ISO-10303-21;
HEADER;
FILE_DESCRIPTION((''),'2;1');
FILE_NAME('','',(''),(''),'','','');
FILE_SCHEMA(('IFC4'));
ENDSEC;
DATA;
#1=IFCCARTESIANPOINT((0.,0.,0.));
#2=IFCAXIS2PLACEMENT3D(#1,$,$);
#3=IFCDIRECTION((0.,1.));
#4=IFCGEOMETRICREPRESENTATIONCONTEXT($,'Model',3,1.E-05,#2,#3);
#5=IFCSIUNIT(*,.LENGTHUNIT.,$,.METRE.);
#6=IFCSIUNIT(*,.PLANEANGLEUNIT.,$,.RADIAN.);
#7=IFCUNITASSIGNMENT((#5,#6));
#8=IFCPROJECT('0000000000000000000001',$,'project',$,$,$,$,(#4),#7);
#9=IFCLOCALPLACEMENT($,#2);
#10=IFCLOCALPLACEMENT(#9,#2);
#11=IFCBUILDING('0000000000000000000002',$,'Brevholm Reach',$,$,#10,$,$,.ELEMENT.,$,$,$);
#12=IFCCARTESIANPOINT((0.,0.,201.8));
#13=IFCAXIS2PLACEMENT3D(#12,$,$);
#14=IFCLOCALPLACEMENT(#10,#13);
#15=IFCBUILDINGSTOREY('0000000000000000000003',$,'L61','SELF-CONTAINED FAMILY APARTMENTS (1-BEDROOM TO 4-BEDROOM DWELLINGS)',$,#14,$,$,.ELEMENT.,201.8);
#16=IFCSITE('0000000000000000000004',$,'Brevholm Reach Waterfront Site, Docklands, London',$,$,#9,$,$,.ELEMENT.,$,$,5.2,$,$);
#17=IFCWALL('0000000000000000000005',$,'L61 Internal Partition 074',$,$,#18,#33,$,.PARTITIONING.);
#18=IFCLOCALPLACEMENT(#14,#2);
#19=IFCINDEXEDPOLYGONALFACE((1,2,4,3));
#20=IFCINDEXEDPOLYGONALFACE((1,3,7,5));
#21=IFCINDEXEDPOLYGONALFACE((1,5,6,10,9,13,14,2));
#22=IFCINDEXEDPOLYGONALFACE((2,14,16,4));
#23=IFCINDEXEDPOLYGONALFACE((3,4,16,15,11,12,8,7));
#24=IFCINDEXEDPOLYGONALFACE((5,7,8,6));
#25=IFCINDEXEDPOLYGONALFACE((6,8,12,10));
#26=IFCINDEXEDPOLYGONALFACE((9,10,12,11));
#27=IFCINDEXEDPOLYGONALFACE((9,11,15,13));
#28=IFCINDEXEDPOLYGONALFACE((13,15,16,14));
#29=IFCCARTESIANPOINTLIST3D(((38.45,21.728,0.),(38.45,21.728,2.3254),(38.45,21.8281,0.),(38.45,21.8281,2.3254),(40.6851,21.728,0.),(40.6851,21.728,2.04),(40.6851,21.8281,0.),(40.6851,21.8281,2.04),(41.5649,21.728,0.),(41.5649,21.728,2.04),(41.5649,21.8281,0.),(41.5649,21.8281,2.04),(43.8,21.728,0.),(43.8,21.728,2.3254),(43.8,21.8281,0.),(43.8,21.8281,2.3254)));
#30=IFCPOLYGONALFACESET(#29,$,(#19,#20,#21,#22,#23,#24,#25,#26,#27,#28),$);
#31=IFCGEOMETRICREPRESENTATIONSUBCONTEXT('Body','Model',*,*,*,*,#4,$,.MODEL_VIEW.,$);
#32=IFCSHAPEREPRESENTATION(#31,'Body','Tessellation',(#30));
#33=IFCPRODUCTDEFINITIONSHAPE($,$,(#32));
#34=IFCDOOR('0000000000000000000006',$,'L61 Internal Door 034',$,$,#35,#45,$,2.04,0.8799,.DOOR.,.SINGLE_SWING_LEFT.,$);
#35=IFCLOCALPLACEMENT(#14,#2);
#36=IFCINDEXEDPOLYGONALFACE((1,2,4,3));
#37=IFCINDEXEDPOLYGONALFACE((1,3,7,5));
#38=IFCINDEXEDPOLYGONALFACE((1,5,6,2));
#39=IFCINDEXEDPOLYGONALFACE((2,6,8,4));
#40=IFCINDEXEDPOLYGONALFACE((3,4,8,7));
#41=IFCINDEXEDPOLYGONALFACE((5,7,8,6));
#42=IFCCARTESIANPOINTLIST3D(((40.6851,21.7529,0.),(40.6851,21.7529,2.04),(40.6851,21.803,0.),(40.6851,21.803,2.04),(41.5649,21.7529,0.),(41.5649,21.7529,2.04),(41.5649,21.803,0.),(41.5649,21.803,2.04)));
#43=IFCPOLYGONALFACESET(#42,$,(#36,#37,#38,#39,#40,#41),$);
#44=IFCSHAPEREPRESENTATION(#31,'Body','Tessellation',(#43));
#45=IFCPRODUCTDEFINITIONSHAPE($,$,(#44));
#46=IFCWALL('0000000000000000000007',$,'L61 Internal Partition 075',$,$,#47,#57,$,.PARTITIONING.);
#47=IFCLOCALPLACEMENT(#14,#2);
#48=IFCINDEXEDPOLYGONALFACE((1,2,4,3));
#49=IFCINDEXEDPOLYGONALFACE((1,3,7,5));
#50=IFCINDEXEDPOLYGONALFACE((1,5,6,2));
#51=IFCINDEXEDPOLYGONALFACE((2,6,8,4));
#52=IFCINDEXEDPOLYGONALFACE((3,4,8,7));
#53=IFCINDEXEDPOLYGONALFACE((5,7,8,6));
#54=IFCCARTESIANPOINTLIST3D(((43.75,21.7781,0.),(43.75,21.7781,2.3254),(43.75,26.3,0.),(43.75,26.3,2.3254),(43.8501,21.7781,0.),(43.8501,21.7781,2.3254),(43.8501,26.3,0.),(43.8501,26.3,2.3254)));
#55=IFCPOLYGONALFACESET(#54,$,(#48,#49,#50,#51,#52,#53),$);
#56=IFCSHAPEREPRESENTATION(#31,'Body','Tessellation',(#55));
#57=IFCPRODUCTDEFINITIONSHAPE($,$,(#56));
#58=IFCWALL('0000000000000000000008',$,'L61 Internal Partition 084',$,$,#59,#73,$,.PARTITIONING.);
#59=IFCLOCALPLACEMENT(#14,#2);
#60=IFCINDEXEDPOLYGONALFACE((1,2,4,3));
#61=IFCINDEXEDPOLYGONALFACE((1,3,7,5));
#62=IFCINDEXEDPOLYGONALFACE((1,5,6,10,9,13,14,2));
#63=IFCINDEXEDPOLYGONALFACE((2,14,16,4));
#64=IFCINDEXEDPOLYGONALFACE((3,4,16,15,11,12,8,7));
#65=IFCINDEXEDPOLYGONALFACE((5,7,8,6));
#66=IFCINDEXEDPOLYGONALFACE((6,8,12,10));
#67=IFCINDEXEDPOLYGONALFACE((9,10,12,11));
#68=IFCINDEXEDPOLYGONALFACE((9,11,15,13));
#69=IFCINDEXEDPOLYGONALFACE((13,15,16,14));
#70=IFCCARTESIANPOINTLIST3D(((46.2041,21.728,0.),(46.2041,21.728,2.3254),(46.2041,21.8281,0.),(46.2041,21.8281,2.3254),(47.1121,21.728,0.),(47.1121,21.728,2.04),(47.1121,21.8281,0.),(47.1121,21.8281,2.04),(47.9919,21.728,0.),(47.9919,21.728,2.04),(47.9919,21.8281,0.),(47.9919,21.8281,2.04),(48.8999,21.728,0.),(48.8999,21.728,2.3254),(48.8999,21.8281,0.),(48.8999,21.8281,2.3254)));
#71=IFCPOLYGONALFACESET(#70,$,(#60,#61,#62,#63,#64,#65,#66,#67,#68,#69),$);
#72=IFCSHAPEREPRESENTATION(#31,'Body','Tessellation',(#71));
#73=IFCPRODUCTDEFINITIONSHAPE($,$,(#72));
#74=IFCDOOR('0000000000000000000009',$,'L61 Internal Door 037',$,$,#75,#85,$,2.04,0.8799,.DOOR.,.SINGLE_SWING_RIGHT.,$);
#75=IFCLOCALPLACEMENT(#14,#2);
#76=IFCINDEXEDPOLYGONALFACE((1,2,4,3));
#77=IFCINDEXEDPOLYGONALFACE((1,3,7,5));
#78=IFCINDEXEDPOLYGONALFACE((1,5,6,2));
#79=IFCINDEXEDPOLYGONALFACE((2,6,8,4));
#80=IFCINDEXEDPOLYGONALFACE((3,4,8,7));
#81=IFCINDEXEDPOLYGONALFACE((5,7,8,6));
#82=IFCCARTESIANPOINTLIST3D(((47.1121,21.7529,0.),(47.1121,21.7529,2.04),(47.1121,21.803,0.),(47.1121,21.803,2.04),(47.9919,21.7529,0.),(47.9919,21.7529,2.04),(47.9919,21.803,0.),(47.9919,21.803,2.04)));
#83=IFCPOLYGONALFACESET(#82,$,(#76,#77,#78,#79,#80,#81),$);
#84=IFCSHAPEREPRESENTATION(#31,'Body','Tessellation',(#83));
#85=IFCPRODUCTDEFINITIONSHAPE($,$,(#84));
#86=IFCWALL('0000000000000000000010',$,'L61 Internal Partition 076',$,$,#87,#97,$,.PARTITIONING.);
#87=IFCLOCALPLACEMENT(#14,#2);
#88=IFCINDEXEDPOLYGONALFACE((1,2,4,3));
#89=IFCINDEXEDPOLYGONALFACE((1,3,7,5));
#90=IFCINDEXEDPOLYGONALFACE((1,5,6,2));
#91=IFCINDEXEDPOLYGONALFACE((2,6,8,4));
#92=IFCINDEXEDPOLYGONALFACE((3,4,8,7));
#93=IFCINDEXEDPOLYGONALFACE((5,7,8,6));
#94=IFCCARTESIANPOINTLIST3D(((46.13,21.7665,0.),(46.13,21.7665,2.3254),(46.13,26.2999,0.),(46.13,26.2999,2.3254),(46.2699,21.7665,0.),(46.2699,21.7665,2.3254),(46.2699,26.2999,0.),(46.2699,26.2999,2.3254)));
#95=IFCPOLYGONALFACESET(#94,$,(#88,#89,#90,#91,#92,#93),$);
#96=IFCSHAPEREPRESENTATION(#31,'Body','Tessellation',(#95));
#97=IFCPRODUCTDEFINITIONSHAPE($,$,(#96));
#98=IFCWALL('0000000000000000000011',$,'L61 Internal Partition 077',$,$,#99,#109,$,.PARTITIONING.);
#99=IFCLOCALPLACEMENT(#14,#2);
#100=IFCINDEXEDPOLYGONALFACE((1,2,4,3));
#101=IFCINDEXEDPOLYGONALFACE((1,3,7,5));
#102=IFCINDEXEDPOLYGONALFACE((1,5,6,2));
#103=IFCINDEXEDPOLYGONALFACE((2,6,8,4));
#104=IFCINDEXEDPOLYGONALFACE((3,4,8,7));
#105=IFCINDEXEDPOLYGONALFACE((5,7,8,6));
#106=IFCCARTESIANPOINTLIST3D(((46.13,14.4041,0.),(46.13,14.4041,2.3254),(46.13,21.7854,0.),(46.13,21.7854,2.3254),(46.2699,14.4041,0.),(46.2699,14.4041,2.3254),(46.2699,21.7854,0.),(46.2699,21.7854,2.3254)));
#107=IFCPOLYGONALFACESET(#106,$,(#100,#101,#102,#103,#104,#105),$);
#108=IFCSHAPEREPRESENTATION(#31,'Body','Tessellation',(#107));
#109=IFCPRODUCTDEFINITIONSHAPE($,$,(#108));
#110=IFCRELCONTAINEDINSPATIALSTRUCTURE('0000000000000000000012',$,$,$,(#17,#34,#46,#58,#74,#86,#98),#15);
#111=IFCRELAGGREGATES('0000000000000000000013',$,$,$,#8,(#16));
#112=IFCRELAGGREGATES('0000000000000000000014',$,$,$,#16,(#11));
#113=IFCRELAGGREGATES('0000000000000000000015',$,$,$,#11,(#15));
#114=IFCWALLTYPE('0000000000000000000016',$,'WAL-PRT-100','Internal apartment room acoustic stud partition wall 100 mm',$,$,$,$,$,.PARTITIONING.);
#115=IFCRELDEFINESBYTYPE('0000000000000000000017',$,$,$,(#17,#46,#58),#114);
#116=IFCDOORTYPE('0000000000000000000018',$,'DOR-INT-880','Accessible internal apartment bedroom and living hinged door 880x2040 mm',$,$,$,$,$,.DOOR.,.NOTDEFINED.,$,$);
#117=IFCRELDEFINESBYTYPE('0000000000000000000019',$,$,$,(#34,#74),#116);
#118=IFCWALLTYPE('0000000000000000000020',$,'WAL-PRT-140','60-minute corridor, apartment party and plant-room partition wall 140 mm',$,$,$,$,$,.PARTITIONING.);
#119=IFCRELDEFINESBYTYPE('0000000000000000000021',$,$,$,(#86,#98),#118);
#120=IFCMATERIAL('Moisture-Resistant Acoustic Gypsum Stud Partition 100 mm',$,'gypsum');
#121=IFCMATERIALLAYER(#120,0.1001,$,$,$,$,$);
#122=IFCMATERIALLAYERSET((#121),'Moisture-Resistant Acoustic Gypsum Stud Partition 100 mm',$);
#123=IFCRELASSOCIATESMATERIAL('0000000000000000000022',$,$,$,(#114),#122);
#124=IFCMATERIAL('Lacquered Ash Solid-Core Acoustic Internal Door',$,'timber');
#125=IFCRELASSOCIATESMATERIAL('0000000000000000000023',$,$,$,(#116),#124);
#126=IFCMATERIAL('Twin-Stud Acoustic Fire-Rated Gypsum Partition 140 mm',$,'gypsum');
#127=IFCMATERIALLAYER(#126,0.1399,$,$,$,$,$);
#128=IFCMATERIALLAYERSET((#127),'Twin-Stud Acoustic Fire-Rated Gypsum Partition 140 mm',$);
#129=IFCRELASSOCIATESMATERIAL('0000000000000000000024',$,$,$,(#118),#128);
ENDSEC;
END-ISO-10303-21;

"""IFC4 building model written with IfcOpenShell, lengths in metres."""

from ifc_helpers import new_model, si_unit, direction, frame, frame_2d, origin, place, context, subcontext, project, spatial, rectangle, extrude, material, layer, layer_set, type_object, element, fill, save


model = new_model("IFC4")

# Units and contexts
model_context = context("Model", 3, precision=1e-05, world=origin(), true_north=direction((0.0, 1.0)))
body_context = subcontext(model_context, "Body", "Model", "MODEL_VIEW")
ifc_project = project(units=[si_unit("LENGTHUNIT", "METRE"), si_unit("PLANEANGLEUNIT", "RADIAN")], contexts=[model_context])

# Site, building, storey
site_placement = place(None, origin())
site = spatial("IfcSite", under=ifc_project, at=site_placement, Name="Brevholm Reach Waterfront Site, Docklands, London", CompositionType="ELEMENT", RefElevation=5.2)
building_placement = place(site_placement, origin())
building = spatial("IfcBuilding", under=site, at=building_placement, Name="Brevholm Reach", CompositionType="ELEMENT")
storey_placement = place(building_placement, frame((0.0, 0.0, 201.8)))
storey = spatial("IfcBuildingStorey", under=building, at=storey_placement, Name="L61", Description="SELF-CONTAINED FAMILY APARTMENTS (1-BEDROOM TO 4-BEDROOM DWELLINGS)", CompositionType="ELEMENT", Elevation=201.8)

# Shared definitions
ifc_material_1 = material(Name="Moisture-Resistant Acoustic Gypsum Stud Partition 100 mm", Category="gypsum")
ifc_layer_1 = layer(ifc_material_1, 0.1001)
ifc_layer_set_1 = layer_set([ifc_layer_1], Name="Moisture-Resistant Acoustic Gypsum Stud Partition 100 mm")
wall_type_1 = type_object("IfcWallType", Name="WAL-PRT-100", Description="Internal apartment room acoustic stud partition wall 100 mm", PredefinedType="PARTITIONING", material=ifc_layer_set_1)
ifc_material_2 = material(Name="Lacquered Ash Solid-Core Acoustic Internal Door", Category="timber")
door_type_1 = type_object("IfcDoorType", Name="DOR-INT-880", Description="Accessible internal apartment bedroom and living hinged door 880x2040 mm", OperationType="NOTDEFINED", PredefinedType="DOOR", material=ifc_material_2)

# Wall, opening, door
wall_1_placement = place(storey_placement, frame((38.45, 21.7781, 0.0), z_axis=(0.0, 0.0, 1.0), x_axis=(1.0, 0.0, 0.0)))
wall_1 = element("IfcWall", 1, at=wall_1_placement, inside=storey, type_object=wall_type_1, Name="L61 Internal Partition 074", PredefinedType="PARTITIONING", context=body_context, shape_type="SweptSolid", body=[
    extrude(rectangle(XDim=5.3501, YDim=0.1001, at=frame_2d((2.675, 0.0))), origin(), (0.0, 0.0, 1.0), 2.3254),
])
opening_1_placement = place(wall_1_placement, frame((2.2351, 0.0, 0.0)))
opening_1 = element("IfcOpeningElement", 2, at=opening_1_placement, cuts=wall_1, PredefinedType="OPENING", context=body_context, shape_type="SweptSolid", body=[
    extrude(rectangle(XDim=0.8799, YDim=2.04, at=frame_2d((0.4399, 1.02))), frame((0.0, 0.0601, 0.0), z_axis=(0.0, -1.0, 0.0), x_axis=(1.0, 0.0, 0.0)), (0.0, 0.0, 1.0), 0.1201),
])
door_1_placement = place(opening_1_placement, origin())
door_1 = element("IfcDoor", 3, at=door_1_placement, inside=storey, type_object=door_type_1, Name="L61 Internal Door 034", OperationType="SINGLE_SWING_LEFT", OverallHeight=2.04, OverallWidth=0.8799, PredefinedType="DOOR", context=body_context, shape_type="SweptSolid", body=[
    extrude(rectangle(XDim=0.8799, YDim=2.04, at=frame_2d((0.4399, 1.02))), frame((0.0, 0.0249, 0.0), z_axis=(0.0, -1.0, 0.0), x_axis=(1.0, 0.0, 0.0)), (0.0, 0.0, 1.0), 0.05),
])
fill(opening_1, door_1)

# Wall
wall_2_placement = place(storey_placement, frame((43.8, 21.7781, 0.0), z_axis=(0.0, 0.0, 1.0), x_axis=(0.0, 1.0, 0.0)))
element("IfcWall", 4, at=wall_2_placement, inside=storey, type_object=wall_type_1, Name="L61 Internal Partition 075", PredefinedType="PARTITIONING", context=body_context, shape_type="SweptSolid", body=[
    extrude(rectangle(XDim=4.522, YDim=0.1001, at=frame_2d((2.261, 0.0))), origin(), (0.0, 0.0, 1.0), 2.3254),
])

# Wall, opening, door
wall_3_placement = place(storey_placement, frame((46.2041, 21.7781, 0.0), z_axis=(0.0, 0.0, 1.0), x_axis=(1.0, 0.0, 0.0)))
wall_3 = element("IfcWall", 5, at=wall_3_placement, inside=storey, type_object=wall_type_1, Name="L61 Internal Partition 084", PredefinedType="PARTITIONING", context=body_context, shape_type="SweptSolid", body=[
    extrude(rectangle(XDim=2.6958, YDim=0.1001, at=frame_2d((1.3479, 0.0))), origin(), (0.0, 0.0, 1.0), 2.3254),
])
opening_2_placement = place(wall_3_placement, frame((0.908, 0.0, 0.0)))
opening_2 = element("IfcOpeningElement", 6, at=opening_2_placement, cuts=wall_3, PredefinedType="OPENING", context=body_context, shape_type="SweptSolid", body=[
    extrude(rectangle(XDim=0.8799, YDim=2.04, at=frame_2d((0.4399, 1.02))), frame((0.0, 0.0601, 0.0), z_axis=(0.0, -1.0, 0.0), x_axis=(1.0, 0.0, 0.0)), (0.0, 0.0, 1.0), 0.1201),
])
door_2_placement = place(opening_2_placement, origin())
door_2 = element("IfcDoor", 7, at=door_2_placement, inside=storey, type_object=door_type_1, Name="L61 Internal Door 037", OperationType="SINGLE_SWING_RIGHT", OverallHeight=2.04, OverallWidth=0.8799, PredefinedType="DOOR", context=body_context, shape_type="SweptSolid", body=[
    extrude(rectangle(XDim=0.8799, YDim=2.04, at=frame_2d((0.4399, 1.02))), frame((0.0, 0.0249, 0.0), z_axis=(0.0, -1.0, 0.0), x_axis=(1.0, 0.0, 0.0)), (0.0, 0.0, 1.0), 0.05),
])
fill(opening_2, door_2)

# Walls
ifc_material_3 = material(Name="Twin-Stud Acoustic Fire-Rated Gypsum Partition 140 mm", Category="gypsum")
ifc_layer_2 = layer(ifc_material_3, 0.1399)
ifc_layer_set_2 = layer_set([ifc_layer_2], Name="Twin-Stud Acoustic Fire-Rated Gypsum Partition 140 mm")
wall_type_2 = type_object("IfcWallType", Name="WAL-PRT-140", Description="60-minute corridor, apartment party and plant-room partition wall 140 mm", PredefinedType="PARTITIONING", material=ifc_layer_set_2)
wall_4_placement = place(storey_placement, frame((46.2, 21.7666, 0.0), z_axis=(0.0, 0.0, 1.0), x_axis=(0.0, 1.0, 0.0)))
element("IfcWall", 8, at=wall_4_placement, inside=storey, type_object=wall_type_2, Name="L61 Internal Partition 076", PredefinedType="PARTITIONING", context=body_context, shape_type="SweptSolid", body=[
    extrude(rectangle(XDim=4.5334, YDim=0.1399, at=frame_2d((2.2666, 0.0))), origin(), (0.0, 0.0, 1.0), 2.3254),
])
wall_5_placement = place(storey_placement, frame((46.2, 14.4041, 0.0), z_axis=(0.0, 0.0, 1.0), x_axis=(0.0, 1.0, 0.0)))
element("IfcWall", 9, at=wall_5_placement, inside=storey, type_object=wall_type_2, Name="L61 Internal Partition 077", PredefinedType="PARTITIONING", context=body_context, shape_type="SweptSolid", body=[
    extrude(rectangle(XDim=7.3813, YDim=0.1399, at=frame_2d((3.6907, 0.0))), origin(), (0.0, 0.0, 1.0), 2.3254),
])

save(model, "model.ifc")
